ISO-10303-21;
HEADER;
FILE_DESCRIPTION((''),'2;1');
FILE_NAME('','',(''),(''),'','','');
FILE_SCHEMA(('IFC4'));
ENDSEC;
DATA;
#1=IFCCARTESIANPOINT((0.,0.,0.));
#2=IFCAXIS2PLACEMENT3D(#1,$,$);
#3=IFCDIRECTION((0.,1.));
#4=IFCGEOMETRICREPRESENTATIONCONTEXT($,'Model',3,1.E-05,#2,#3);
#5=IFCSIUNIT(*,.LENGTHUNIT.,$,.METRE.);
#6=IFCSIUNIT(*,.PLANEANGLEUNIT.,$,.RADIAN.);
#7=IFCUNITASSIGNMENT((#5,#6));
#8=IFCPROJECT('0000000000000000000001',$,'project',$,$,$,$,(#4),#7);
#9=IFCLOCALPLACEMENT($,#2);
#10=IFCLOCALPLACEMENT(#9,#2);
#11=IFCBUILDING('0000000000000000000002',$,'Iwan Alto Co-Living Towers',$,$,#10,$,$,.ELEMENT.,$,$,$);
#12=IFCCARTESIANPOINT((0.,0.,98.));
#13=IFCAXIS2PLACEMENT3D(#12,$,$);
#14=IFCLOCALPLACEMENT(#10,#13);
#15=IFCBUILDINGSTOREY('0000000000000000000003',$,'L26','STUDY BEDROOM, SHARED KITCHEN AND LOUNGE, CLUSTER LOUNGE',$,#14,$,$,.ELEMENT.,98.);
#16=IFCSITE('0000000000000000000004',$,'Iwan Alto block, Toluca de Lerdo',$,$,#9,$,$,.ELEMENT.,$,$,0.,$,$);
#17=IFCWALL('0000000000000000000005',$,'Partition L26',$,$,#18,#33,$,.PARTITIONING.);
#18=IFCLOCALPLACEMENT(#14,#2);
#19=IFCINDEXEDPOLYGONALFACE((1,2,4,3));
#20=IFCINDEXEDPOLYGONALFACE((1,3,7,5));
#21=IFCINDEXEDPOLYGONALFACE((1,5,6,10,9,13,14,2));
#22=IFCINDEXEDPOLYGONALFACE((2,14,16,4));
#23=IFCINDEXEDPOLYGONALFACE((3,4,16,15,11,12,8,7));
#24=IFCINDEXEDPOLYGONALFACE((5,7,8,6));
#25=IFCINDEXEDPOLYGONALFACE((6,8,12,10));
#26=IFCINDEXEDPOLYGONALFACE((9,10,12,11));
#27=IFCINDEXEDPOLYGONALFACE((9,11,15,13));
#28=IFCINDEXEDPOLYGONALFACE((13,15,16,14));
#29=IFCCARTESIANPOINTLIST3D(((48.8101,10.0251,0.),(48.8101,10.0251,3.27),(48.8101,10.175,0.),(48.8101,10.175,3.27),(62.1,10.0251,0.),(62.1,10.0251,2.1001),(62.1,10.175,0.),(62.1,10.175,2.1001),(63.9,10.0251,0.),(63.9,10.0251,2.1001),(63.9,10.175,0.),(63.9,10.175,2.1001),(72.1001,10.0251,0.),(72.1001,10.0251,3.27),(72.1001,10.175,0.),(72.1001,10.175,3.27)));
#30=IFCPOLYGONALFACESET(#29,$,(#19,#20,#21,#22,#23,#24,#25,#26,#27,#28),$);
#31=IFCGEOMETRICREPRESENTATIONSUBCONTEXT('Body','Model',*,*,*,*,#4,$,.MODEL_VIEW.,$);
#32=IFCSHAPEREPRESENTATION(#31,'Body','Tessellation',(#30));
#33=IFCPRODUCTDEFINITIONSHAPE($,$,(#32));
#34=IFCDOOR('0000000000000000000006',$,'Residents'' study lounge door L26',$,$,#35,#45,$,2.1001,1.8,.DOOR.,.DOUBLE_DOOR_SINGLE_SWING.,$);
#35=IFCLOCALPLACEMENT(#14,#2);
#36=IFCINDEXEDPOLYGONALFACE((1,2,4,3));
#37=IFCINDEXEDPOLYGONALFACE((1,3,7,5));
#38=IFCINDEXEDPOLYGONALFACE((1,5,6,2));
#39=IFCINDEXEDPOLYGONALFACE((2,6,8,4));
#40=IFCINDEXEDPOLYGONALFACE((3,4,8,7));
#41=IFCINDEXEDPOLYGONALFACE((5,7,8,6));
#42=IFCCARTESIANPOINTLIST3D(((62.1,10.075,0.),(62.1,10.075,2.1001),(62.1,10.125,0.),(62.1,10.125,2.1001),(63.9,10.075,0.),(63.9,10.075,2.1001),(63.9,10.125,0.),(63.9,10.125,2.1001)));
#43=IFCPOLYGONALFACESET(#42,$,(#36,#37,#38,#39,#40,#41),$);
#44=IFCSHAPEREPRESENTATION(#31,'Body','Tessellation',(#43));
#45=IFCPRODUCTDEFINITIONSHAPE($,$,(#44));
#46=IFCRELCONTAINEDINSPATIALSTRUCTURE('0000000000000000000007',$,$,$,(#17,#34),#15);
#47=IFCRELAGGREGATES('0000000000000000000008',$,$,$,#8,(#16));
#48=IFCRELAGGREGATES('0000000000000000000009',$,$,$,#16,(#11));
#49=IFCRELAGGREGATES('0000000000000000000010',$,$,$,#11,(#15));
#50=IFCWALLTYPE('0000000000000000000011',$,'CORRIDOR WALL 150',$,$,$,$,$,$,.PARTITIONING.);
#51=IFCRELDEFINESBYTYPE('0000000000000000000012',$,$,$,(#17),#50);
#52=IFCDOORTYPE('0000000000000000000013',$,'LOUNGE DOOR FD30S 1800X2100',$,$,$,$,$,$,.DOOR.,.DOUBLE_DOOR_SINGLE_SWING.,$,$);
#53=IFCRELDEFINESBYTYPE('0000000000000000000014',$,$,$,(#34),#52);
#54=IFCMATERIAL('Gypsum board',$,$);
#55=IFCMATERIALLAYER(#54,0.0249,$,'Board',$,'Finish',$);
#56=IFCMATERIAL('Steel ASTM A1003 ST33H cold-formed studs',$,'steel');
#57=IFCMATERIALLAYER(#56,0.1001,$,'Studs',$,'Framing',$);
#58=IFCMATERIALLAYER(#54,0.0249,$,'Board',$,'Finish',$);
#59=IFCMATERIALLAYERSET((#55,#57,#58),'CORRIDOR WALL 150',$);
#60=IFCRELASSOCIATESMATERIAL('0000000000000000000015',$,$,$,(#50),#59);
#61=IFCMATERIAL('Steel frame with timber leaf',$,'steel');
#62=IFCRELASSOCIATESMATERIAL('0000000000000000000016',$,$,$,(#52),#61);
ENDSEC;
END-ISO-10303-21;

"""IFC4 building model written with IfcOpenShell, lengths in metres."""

from ifc_helpers import new_model, si_unit, direction, frame, frame_2d, origin, place, context, subcontext, project, spatial, rectangle, extrude, material, layer, layer_set, type_object, element, fill, save


model = new_model("IFC4")

# Units and contexts
model_context = context("Model", 3, precision=1e-05, world=origin(), true_north=direction((0.0, 1.0)))
body_context = subcontext(model_context, "Body", "Model", "MODEL_VIEW")
ifc_project = project(units=[si_unit("LENGTHUNIT", "METRE"), si_unit("PLANEANGLEUNIT", "RADIAN")], contexts=[model_context])

# Site, building, storey
site_placement = place(None, origin())
site = spatial("IfcSite", under=ifc_project, at=site_placement, Name="Iwan Alto block, Toluca de Lerdo", CompositionType="ELEMENT", RefElevation=0.0)
building_placement = place(site_placement, origin())
building = spatial("IfcBuilding", under=site, at=building_placement, Name="Iwan Alto Co-Living Towers", CompositionType="ELEMENT")
storey_placement = place(building_placement, frame((0.0, 0.0, 98.0)))
storey = spatial("IfcBuildingStorey", under=building, at=storey_placement, Name="L26", Description="STUDY BEDROOM, SHARED KITCHEN AND LOUNGE, CLUSTER LOUNGE", CompositionType="ELEMENT", Elevation=98.0)

# Wall, opening, door
ifc_material_1 = material(Name="Gypsum board")
ifc_layer_1 = layer(ifc_material_1, 0.0249, Name="Board", Category="Finish")
ifc_material_2 = material(Name="Steel ASTM A1003 ST33H cold-formed studs", Category="steel")
ifc_layer_2 = layer(ifc_material_2, 0.1001, Name="Studs", Category="Framing")
ifc_layer_3 = layer(ifc_material_1, 0.0249, Name="Board", Category="Finish")
ifc_layer_set_1 = layer_set([ifc_layer_1, ifc_layer_2, ifc_layer_3], Name="CORRIDOR WALL 150")
wall_type = type_object("IfcWallType", Name="CORRIDOR WALL 150", PredefinedType="PARTITIONING", material=ifc_layer_set_1)
wall_placement = place(storey_placement, frame((48.8101, 10.1001, 0.0), z_axis=(0.0, 0.0, 1.0), x_axis=(1.0, 0.0, 0.0)))
wall = element("IfcWall", 1, at=wall_placement, inside=storey, type_object=wall_type, Name="Partition L26", PredefinedType="PARTITIONING", context=body_context, shape_type="SweptSolid", body=[
    extrude(rectangle(XDim=23.29, YDim=0.1499, at=frame_2d((11.645, 0.0))), origin(), (0.0, 0.0, 1.0), 3.27),
])
opening_placement = place(wall_placement, frame((13.29, 0.0, 0.0)))
opening = element("IfcOpeningElement", 2, at=opening_placement, cuts=wall, PredefinedType="OPENING", context=body_context, shape_type="SweptSolid", body=[
    extrude(rectangle(XDim=1.8, YDim=2.1001, at=frame_2d((0.8999, 1.05))), frame((0.0, 0.085, 0.0), z_axis=(0.0, -1.0, 0.0), x_axis=(1.0, 0.0, 0.0)), (0.0, 0.0, 1.0), 0.1699),
])
ifc_material_3 = material(Name="Steel frame with timber leaf", Category="steel")
door_type = type_object("IfcDoorType", Name="LOUNGE DOOR FD30S 1800X2100", OperationType="DOUBLE_DOOR_SINGLE_SWING", PredefinedType="DOOR", material=ifc_material_3)
door_placement = place(opening_placement, origin())
door = element("IfcDoor", 3, at=door_placement, inside=storey, type_object=door_type, Name="Residents' study lounge door L26", OperationType="DOUBLE_DOOR_SINGLE_SWING", OverallHeight=2.1001, OverallWidth=1.8, PredefinedType="DOOR", context=body_context, shape_type="SweptSolid", body=[
    extrude(rectangle(XDim=1.8, YDim=2.1001, at=frame_2d((0.8999, 1.05))), frame((0.0, 0.0249, 0.0), z_axis=(0.0, -1.0, 0.0), x_axis=(1.0, 0.0, 0.0)), (0.0, 0.0, 1.0), 0.05),
])
fill(opening, door)

save(model, "model.ifc")
